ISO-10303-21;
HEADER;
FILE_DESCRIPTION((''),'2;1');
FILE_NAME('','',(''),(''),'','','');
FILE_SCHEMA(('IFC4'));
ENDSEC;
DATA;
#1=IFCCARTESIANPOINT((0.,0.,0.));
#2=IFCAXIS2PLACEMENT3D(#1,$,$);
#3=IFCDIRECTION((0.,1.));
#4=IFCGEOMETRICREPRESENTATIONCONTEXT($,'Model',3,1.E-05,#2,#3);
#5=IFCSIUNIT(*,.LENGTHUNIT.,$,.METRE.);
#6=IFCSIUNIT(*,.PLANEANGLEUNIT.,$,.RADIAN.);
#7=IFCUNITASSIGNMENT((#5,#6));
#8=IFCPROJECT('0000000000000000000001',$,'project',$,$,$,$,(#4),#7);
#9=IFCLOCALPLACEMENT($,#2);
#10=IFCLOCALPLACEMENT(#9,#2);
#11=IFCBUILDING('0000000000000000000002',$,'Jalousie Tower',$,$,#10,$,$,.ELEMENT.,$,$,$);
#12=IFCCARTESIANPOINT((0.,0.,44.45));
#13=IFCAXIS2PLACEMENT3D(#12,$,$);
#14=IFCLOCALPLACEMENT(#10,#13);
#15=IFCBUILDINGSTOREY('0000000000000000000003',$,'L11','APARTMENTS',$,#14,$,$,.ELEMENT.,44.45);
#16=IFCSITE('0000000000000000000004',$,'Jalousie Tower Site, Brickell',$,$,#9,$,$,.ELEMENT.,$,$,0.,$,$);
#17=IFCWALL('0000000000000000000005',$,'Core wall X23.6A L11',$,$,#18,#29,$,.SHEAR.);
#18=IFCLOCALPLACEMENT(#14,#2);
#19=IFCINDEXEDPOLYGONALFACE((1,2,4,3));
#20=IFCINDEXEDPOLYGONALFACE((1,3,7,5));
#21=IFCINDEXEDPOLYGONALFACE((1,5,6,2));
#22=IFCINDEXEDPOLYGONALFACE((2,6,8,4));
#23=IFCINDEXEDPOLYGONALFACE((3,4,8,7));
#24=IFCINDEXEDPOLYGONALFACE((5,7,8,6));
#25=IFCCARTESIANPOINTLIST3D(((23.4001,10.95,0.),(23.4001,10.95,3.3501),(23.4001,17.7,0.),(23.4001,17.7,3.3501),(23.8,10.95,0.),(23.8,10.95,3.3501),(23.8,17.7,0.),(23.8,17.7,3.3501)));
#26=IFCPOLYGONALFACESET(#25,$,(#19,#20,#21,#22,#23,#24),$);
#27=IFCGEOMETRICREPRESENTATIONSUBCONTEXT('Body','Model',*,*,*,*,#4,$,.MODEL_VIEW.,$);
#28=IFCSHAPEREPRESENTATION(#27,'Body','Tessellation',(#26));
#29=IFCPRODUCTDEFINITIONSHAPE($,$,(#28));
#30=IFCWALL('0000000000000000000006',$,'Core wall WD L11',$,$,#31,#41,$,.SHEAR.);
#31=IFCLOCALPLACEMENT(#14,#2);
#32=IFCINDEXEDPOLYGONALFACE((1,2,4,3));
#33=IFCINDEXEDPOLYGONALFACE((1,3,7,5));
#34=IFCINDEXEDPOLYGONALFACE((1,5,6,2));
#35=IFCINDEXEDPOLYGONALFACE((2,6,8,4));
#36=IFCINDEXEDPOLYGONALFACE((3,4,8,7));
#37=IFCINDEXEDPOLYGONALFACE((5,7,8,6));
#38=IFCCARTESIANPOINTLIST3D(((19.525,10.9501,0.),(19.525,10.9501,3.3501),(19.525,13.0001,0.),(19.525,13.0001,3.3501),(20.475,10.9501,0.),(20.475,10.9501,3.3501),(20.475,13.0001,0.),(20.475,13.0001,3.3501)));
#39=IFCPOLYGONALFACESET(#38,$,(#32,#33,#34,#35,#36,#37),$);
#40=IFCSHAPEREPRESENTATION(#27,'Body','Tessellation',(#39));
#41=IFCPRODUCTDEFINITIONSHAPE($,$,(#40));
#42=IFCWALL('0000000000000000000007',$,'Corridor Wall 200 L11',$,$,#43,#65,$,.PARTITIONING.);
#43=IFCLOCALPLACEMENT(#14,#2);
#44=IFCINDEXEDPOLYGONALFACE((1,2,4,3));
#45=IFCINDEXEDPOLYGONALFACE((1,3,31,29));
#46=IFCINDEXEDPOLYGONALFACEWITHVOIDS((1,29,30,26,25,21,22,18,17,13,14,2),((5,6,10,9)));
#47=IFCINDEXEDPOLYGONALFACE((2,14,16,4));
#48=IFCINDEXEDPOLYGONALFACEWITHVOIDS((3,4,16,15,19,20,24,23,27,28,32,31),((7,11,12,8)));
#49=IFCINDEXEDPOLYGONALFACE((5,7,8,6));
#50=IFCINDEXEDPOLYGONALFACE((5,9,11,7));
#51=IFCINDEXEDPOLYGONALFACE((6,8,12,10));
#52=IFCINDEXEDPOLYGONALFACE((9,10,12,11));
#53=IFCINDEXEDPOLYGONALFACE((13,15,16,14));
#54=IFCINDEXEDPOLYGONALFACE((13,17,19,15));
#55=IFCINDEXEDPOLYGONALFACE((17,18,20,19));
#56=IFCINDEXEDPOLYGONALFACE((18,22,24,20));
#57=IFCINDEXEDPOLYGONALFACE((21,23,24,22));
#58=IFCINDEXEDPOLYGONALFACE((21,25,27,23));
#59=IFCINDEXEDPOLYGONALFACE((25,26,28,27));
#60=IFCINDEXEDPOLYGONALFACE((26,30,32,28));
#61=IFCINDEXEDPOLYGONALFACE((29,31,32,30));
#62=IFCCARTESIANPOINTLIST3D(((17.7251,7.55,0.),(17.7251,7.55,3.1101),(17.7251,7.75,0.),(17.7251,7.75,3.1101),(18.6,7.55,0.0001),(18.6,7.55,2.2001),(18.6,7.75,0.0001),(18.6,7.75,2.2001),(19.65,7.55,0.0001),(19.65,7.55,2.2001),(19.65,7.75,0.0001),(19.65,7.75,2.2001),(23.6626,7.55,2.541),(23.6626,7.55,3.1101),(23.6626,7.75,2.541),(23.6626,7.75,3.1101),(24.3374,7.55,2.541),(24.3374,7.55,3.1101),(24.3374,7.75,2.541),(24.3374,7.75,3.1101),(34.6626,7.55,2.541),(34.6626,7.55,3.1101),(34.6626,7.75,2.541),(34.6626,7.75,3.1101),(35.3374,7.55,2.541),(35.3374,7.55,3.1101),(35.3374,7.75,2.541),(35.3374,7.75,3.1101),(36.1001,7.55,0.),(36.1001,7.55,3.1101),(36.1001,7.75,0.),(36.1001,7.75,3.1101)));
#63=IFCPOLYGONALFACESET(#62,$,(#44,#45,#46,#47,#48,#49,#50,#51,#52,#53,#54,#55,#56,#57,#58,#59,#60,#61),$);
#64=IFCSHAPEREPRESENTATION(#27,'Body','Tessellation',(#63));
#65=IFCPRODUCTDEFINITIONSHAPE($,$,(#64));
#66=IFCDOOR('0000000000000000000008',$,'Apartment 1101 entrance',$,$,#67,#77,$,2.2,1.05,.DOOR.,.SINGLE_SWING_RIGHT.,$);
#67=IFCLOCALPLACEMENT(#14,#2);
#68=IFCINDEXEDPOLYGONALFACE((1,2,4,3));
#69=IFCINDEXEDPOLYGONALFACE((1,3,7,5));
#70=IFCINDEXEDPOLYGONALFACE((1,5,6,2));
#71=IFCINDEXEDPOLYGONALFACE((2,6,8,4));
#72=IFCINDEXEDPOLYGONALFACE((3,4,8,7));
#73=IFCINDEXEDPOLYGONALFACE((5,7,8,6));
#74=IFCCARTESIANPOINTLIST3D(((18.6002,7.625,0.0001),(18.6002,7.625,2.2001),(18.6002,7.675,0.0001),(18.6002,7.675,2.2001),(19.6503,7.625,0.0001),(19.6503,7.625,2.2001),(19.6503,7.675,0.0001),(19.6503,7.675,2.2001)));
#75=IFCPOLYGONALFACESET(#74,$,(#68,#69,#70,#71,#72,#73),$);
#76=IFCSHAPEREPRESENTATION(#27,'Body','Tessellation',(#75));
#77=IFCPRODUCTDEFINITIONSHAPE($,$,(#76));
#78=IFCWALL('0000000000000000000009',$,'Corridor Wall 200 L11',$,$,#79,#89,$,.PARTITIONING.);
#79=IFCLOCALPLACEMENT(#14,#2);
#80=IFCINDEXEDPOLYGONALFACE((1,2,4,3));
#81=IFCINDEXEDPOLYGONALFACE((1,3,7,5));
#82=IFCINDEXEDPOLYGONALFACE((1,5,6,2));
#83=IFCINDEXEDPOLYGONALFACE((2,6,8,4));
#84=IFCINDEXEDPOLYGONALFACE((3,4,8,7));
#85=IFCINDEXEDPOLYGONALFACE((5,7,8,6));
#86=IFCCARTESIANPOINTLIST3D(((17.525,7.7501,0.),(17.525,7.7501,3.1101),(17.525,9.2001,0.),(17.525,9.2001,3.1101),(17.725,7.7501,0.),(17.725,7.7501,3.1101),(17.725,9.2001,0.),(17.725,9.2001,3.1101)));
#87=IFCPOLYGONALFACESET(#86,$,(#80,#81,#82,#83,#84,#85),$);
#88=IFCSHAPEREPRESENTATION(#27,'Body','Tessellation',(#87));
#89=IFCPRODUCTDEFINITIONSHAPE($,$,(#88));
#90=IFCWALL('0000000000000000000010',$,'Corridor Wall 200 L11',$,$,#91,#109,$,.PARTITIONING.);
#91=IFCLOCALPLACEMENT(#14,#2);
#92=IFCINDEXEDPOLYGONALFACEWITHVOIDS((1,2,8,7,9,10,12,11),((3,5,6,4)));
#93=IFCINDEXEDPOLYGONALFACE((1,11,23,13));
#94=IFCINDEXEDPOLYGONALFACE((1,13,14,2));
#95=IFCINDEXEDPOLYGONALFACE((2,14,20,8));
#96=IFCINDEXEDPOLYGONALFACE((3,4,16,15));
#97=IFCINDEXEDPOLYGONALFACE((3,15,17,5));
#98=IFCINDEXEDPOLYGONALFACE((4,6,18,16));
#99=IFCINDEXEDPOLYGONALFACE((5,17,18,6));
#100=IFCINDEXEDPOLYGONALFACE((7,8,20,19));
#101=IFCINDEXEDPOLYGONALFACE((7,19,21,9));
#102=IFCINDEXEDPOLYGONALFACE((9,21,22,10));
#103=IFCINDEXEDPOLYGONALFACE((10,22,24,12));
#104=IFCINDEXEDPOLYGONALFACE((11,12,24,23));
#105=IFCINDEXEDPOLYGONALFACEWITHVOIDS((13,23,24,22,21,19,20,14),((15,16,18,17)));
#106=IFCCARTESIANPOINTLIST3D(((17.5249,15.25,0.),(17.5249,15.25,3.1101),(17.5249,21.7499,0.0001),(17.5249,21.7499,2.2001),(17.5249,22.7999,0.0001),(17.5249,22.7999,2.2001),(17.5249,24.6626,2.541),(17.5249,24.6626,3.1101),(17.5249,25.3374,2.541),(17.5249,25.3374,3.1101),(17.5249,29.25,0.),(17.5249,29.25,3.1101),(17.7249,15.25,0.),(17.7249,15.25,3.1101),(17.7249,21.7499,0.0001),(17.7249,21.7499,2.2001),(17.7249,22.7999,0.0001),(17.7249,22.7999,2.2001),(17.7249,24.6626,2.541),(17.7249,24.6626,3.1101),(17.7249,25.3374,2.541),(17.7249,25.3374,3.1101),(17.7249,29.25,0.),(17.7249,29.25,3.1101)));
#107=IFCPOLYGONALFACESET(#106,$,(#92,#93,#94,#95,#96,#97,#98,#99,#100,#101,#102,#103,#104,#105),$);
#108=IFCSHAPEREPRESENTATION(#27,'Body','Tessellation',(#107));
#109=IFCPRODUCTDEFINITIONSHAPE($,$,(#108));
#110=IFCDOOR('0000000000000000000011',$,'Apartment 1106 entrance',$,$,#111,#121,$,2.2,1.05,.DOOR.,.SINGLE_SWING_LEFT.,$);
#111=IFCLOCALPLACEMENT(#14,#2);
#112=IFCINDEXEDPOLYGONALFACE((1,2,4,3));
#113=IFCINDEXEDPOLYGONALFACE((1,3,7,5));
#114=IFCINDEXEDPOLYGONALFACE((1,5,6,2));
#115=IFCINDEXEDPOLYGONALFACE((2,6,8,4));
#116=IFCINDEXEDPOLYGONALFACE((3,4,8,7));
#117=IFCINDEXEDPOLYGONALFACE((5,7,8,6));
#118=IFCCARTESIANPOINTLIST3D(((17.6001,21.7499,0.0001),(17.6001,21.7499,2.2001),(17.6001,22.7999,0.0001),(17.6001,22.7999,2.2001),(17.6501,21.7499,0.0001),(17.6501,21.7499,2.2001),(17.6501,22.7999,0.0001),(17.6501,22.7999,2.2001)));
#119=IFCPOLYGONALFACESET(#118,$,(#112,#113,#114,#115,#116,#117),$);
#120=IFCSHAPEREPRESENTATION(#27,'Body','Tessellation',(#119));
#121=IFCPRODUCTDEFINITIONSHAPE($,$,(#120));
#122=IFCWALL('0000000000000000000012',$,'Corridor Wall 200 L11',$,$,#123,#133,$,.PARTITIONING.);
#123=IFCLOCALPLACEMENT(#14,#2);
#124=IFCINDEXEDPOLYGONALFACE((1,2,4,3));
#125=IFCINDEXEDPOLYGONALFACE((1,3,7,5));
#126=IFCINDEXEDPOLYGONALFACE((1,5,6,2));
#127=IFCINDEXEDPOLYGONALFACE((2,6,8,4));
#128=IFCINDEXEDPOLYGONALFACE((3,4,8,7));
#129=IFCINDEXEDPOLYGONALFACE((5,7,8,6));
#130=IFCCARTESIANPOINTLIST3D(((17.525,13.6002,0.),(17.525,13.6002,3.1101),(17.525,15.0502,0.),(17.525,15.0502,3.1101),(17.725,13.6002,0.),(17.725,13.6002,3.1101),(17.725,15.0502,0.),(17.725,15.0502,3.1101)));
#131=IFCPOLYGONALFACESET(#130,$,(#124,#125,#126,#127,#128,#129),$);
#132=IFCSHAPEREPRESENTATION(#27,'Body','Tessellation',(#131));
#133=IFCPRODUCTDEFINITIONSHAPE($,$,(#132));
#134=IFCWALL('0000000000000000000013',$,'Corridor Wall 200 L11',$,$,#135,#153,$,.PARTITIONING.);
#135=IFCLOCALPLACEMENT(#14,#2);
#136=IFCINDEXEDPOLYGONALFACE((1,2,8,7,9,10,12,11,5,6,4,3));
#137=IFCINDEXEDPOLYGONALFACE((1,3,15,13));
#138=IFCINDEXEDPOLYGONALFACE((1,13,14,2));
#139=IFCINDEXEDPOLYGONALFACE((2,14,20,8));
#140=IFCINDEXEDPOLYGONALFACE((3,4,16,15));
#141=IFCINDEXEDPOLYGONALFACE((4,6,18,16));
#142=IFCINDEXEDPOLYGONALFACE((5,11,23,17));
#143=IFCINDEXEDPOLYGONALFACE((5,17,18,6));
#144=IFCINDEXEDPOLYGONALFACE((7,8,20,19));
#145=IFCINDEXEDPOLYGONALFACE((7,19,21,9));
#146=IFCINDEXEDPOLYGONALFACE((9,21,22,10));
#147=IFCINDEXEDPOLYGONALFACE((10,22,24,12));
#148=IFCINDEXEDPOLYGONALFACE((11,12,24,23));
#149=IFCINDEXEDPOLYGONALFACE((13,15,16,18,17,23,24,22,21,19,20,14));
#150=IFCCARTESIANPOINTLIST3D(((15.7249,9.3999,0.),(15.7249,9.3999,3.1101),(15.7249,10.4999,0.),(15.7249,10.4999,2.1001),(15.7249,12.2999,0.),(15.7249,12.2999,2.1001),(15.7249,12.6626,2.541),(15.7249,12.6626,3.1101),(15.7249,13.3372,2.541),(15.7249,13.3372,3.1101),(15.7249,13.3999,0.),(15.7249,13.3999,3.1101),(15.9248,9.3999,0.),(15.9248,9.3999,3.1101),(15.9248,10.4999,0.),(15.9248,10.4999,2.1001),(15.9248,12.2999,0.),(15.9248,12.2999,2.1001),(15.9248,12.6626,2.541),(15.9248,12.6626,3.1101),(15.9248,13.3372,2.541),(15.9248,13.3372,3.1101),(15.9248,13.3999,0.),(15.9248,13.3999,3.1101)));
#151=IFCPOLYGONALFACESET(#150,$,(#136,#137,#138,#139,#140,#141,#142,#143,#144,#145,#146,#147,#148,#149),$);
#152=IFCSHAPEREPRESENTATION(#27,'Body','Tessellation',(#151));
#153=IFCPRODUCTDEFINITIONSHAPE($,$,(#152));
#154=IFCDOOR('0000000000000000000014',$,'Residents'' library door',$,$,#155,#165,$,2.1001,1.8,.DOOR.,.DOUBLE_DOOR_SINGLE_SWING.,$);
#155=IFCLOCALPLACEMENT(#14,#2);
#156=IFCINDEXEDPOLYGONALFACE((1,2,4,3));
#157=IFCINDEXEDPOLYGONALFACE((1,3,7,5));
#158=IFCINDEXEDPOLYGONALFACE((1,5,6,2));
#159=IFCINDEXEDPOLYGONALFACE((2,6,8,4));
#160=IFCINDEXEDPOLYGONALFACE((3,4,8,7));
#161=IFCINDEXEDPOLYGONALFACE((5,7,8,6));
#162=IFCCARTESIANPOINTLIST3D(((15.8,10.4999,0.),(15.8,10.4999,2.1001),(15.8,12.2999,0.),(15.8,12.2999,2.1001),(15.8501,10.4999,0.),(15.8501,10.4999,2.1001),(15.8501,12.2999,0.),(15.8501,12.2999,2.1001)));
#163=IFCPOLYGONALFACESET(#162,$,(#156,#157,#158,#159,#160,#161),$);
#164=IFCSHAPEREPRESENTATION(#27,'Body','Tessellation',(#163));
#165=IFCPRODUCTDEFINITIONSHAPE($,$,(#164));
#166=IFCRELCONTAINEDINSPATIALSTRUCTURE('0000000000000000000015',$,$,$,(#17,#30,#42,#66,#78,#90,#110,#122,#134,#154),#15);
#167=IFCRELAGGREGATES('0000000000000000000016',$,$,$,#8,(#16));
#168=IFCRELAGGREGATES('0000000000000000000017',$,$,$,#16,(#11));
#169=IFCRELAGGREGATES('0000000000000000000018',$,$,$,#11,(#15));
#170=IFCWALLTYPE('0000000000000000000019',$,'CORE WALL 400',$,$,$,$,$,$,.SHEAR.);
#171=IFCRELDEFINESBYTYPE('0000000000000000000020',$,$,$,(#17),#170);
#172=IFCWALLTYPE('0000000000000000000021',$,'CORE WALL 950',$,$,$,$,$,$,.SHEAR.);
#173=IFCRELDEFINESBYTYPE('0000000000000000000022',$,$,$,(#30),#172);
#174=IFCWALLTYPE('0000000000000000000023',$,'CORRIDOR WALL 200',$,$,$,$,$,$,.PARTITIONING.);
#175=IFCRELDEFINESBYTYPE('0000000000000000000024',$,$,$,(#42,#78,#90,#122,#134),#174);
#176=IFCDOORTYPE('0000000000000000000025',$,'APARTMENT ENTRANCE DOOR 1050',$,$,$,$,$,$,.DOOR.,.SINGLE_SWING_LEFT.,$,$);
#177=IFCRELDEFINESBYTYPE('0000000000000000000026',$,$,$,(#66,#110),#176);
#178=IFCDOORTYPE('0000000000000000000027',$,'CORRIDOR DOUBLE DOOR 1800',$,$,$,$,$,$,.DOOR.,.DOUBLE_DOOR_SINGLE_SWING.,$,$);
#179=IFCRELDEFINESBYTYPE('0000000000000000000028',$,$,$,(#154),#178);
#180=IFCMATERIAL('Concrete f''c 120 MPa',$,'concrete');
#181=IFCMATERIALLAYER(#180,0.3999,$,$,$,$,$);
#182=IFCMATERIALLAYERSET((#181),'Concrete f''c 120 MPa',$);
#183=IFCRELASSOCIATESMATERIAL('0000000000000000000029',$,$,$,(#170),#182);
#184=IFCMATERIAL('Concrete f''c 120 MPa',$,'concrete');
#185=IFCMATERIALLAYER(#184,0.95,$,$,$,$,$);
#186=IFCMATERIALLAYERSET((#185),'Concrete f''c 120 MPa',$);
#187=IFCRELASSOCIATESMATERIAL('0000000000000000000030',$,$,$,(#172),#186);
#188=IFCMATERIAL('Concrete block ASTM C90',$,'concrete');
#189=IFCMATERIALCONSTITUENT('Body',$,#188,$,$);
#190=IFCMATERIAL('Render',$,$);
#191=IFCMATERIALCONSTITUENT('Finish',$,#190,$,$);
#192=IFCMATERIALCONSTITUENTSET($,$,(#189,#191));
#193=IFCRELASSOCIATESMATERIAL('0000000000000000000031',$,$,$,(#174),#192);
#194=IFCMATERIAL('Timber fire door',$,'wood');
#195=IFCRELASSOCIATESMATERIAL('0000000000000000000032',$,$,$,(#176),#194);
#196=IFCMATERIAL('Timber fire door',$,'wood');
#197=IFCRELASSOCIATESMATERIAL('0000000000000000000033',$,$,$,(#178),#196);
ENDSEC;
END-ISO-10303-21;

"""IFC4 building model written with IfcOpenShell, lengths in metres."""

from ifc_helpers import new_model, si_unit, direction, frame, frame_2d, origin, place, context, subcontext, project, spatial, polyline, rectangle, outline, extrude, material, layer, layer_set, constituent, constituent_set, type_object, element, fill, save


model = new_model("IFC4")

# Units and contexts
model_context = context("Model", 3, precision=1e-05, world=origin(), true_north=direction((0.0, 1.0)))
body_context = subcontext(model_context, "Body", "Model", "MODEL_VIEW")
ifc_project = project(units=[si_unit("LENGTHUNIT", "METRE"), si_unit("PLANEANGLEUNIT", "RADIAN")], contexts=[model_context])

# Site, building, storey
site_placement = place(None, origin())
site = spatial("IfcSite", under=ifc_project, at=site_placement, Name="Jalousie Tower Site, Brickell", CompositionType="ELEMENT", RefElevation=0.0)
building_placement = place(site_placement, origin())
building = spatial("IfcBuilding", under=site, at=building_placement, Name="Jalousie Tower", CompositionType="ELEMENT")
storey_placement = place(building_placement, frame((0.0, 0.0, 44.45)))
storey = spatial("IfcBuildingStorey", under=building, at=storey_placement, Name="L11", Description="APARTMENTS", CompositionType="ELEMENT", Elevation=44.45)

# Walls
ifc_material_1 = material(Name="Concrete f'c 120 MPa", Category="concrete")
ifc_layer_1 = layer(ifc_material_1, 0.3999)
ifc_layer_set_1 = layer_set([ifc_layer_1], Name="Concrete f'c 120 MPa")
wall_type_1 = type_object("IfcWallType", Name="CORE WALL 400", PredefinedType="SHEAR", material=ifc_layer_set_1)
wall_1_placement = place(storey_placement, frame((23.6001, 10.95, 0.0), z_axis=(0.0, 0.0, 1.0), x_axis=(0.0, 1.0, 0.0)))
element("IfcWall", 1, at=wall_1_placement, inside=storey, type_object=wall_type_1, Name="Core wall X23.6A L11", PredefinedType="SHEAR", context=body_context, shape_type="SweptSolid", body=[
    extrude(rectangle(XDim=6.75, YDim=0.3999, at=frame_2d((3.375, 0.0))), origin(), (0.0, 0.0, 1.0), 3.3501),
])
ifc_material_2 = material(Name="Concrete f'c 120 MPa", Category="concrete")
ifc_layer_2 = layer(ifc_material_2, 0.95)
ifc_layer_set_2 = layer_set([ifc_layer_2], Name="Concrete f'c 120 MPa")
wall_type_2 = type_object("IfcWallType", Name="CORE WALL 950", PredefinedType="SHEAR", material=ifc_layer_set_2)
wall_2_placement = place(storey_placement, frame((20.0, 13.0, 0.0), z_axis=(0.0, 0.0, 1.0), x_axis=(0.0, -1.0, 0.0)))
element("IfcWall", 2, at=wall_2_placement, inside=storey, type_object=wall_type_2, Name="Core wall WD L11", PredefinedType="SHEAR", context=body_context, shape_type="SweptSolid", body=[
    extrude(rectangle(XDim=2.05, YDim=0.95, at=frame_2d((1.0249, 0.0))), origin(), (0.0, 0.0, 1.0), 3.3501),
])

# Wall, opening, door
ifc_material_3 = material(Name="Concrete block ASTM C90", Category="concrete")
ifc_constituent_1 = constituent(ifc_material_3, Name="Body")
ifc_material_4 = material(Name="Render")
ifc_constituent_2 = constituent(ifc_material_4, Name="Finish")
ifc_constituent_set_1 = constituent_set(constituents=[ifc_constituent_1, ifc_constituent_2])
wall_type_3 = type_object("IfcWallType", Name="CORRIDOR WALL 200", PredefinedType="PARTITIONING", material=ifc_constituent_set_1)
wall_3_placement = place(storey_placement, frame((17.7251, 7.6499, 0.0), z_axis=(0.0, 0.0, 1.0), x_axis=(1.0, 0.0, 0.0)))
wall_3 = element("IfcWall", 3, at=wall_3_placement, inside=storey, type_object=wall_type_3, Name="Corridor Wall 200 L11", PredefinedType="PARTITIONING", context=body_context, shape_type="SweptSolid", body=[
    extrude(outline(polyline([(0.0, 0.0), (18.375, 0.0), (18.375, 3.1101), (17.6123, 3.1101), (17.6123, 2.541), (16.9375, 2.541), (16.9375, 3.1101), (6.6123, 3.1101), (6.6123, 2.541), (5.9375, 2.541), (5.9375, 3.1101), (0.0, 3.1101), (0.0, 0.0)])), frame((0.0, 0.1001, 0.0), z_axis=(0.0, -1.0, 0.0), x_axis=(1.0, 0.0, 0.0)), (0.0, 0.0, 1.0), 0.2),
])
opening_1_placement = place(wall_3_placement, frame((0.875, 0.0, 0.0)))
opening_1 = element("IfcOpeningElement", 4, at=opening_1_placement, cuts=wall_3, PredefinedType="OPENING", context=body_context, shape_type="SweptSolid", body=[
    extrude(rectangle(XDim=1.05, YDim=2.2, at=frame_2d((0.5249, 1.1001))), frame((0.0, 0.1099, 0.0), z_axis=(0.0, -1.0, 0.0), x_axis=(1.0, 0.0, 0.0)), (0.0, 0.0, 1.0), 0.22),
])
ifc_material_5 = material(Name="Timber fire door", Category="wood")
door_type_1 = type_object("IfcDoorType", Name="APARTMENT ENTRANCE DOOR 1050", OperationType="SINGLE_SWING_LEFT", PredefinedType="DOOR", material=ifc_material_5)
door_1_placement = place(opening_1_placement, frame((1.05, 0.0, 0.0), z_axis=(0.0, 0.0, 1.0), x_axis=(-1.0, 0.0, 0.0)))
door_1 = element("IfcDoor", 5, at=door_1_placement, inside=storey, type_object=door_type_1, Name="Apartment 1101 entrance", OperationType="SINGLE_SWING_RIGHT", OverallHeight=2.2, OverallWidth=1.05, PredefinedType="DOOR", context=body_context, shape_type="SweptSolid", body=[
    extrude(rectangle(XDim=1.05, YDim=2.2, at=frame_2d((0.5249, 1.1001))), frame((0.0, 0.0249, 0.0), z_axis=(0.0, -1.0, 0.0), x_axis=(1.0, 0.0, 0.0)), (0.0, 0.0, 1.0), 0.05),
])
fill(opening_1, door_1)

# Wall
wall_4_placement = place(storey_placement, frame((17.625, 7.75, 0.0), z_axis=(0.0, 0.0, 1.0), x_axis=(0.0, 1.0, 0.0)))
element("IfcWall", 6, at=wall_4_placement, inside=storey, type_object=wall_type_3, Name="Corridor Wall 200 L11", PredefinedType="PARTITIONING", context=body_context, shape_type="SweptSolid", body=[
    extrude(rectangle(XDim=1.45, YDim=0.2, at=frame_2d((0.7251, 0.0))), origin(), (0.0, 0.0, 1.0), 3.1101),
])

# Wall, opening, door
wall_5_placement = place(storey_placement, frame((17.625, 15.25, 0.0), z_axis=(0.0, 0.0, 1.0), x_axis=(0.0, 1.0, 0.0)))
wall_5 = element("IfcWall", 7, at=wall_5_placement, inside=storey, type_object=wall_type_3, Name="Corridor Wall 200 L11", PredefinedType="PARTITIONING", context=body_context, shape_type="SweptSolid", body=[
    extrude(outline(polyline([(0.0, 0.0), (14.0, 0.0), (14.0, 3.1101), (10.0874, 3.1101), (10.0874, 2.541), (9.4126, 2.541), (9.4126, 3.1101), (0.0, 3.1101), (0.0, 0.0)])), frame((0.0, 0.1001, 0.0), z_axis=(0.0, -1.0, 0.0), x_axis=(1.0, 0.0, 0.0)), (0.0, 0.0, 1.0), 0.2),
])
opening_2_placement = place(wall_5_placement, frame((6.5, 0.0, 0.0)))
opening_2 = element("IfcOpeningElement", 8, at=opening_2_placement, cuts=wall_5, PredefinedType="OPENING", context=body_context, shape_type="SweptSolid", body=[
    extrude(rectangle(XDim=1.05, YDim=2.2, at=frame_2d((0.5249, 1.1001))), frame((0.0, 0.1099, 0.0), z_axis=(0.0, -1.0, 0.0), x_axis=(1.0, 0.0, 0.0)), (0.0, 0.0, 1.0), 0.22),
])
door_2_placement = place(opening_2_placement, origin())
door_2 = element("IfcDoor", 9, at=door_2_placement, inside=storey, type_object=door_type_1, Name="Apartment 1106 entrance", OperationType="SINGLE_SWING_LEFT", OverallHeight=2.2, OverallWidth=1.05, PredefinedType="DOOR", context=body_context, shape_type="SweptSolid", body=[
    extrude(rectangle(XDim=1.05, YDim=2.2, at=frame_2d((0.5249, 1.1001))), frame((0.0, 0.0249, 0.0), z_axis=(0.0, -1.0, 0.0), x_axis=(1.0, 0.0, 0.0)), (0.0, 0.0, 1.0), 0.05),
])
fill(opening_2, door_2)

# Wall
wall_6_placement = place(storey_placement, frame((17.625, 13.6001, 0.0), z_axis=(0.0, 0.0, 1.0), x_axis=(0.0, 1.0, 0.0)))
element("IfcWall", 10, at=wall_6_placement, inside=storey, type_object=wall_type_3, Name="Corridor Wall 200 L11", PredefinedType="PARTITIONING", context=body_context, shape_type="SweptSolid", body=[
    extrude(rectangle(XDim=1.45, YDim=0.2, at=frame_2d((0.7251, 0.0))), origin(), (0.0, 0.0, 1.0), 3.1101),
])

# Wall, opening, door
wall_7_placement = place(storey_placement, frame((15.825, 9.3999, 0.0), z_axis=(0.0, 0.0, 1.0), x_axis=(0.0, 1.0, 0.0)))
wall_7 = element("IfcWall", 11, at=wall_7_placement, inside=storey, type_object=wall_type_3, Name="Corridor Wall 200 L11", PredefinedType="PARTITIONING", context=body_context, shape_type="SweptSolid", body=[
    extrude(outline(polyline([(0.0, 0.0), (4.0, 0.0), (4.0, 3.1101), (3.9373, 3.1101), (3.9373, 2.541), (3.2627, 2.541), (3.2627, 3.1101), (0.0, 3.1101), (0.0, 0.0)])), frame((0.0, 0.1001, 0.0), z_axis=(0.0, -1.0, 0.0), x_axis=(1.0, 0.0, 0.0)), (0.0, 0.0, 1.0), 0.2),
])
opening_3_placement = place(wall_7_placement, frame((1.1001, 0.0, 0.0)))
opening_3 = element("IfcOpeningElement", 12, at=opening_3_placement, cuts=wall_7, PredefinedType="OPENING", context=body_context, shape_type="SweptSolid", body=[
    extrude(rectangle(XDim=1.8, YDim=2.1001, at=frame_2d((0.8999, 1.05))), frame((0.0, 0.1099, 0.0), z_axis=(0.0, -1.0, 0.0), x_axis=(1.0, 0.0, 0.0)), (0.0, 0.0, 1.0), 0.22),
])
ifc_material_6 = material(Name="Timber fire door", Category="wood")
door_type_2 = type_object("IfcDoorType", Name="CORRIDOR DOUBLE DOOR 1800", OperationType="DOUBLE_DOOR_SINGLE_SWING", PredefinedType="DOOR", material=ifc_material_6)
door_3_placement = place(opening_3_placement, origin())
door_3 = element("IfcDoor", 13, at=door_3_placement, inside=storey, type_object=door_type_2, Name="Residents' library door", OperationType="DOUBLE_DOOR_SINGLE_SWING", OverallHeight=2.1001, OverallWidth=1.8, PredefinedType="DOOR", context=body_context, shape_type="SweptSolid", body=[
    extrude(rectangle(XDim=1.8, YDim=2.1001, at=frame_2d((0.8999, 1.05))), frame((0.0, 0.0249, 0.0), z_axis=(0.0, -1.0, 0.0), x_axis=(1.0, 0.0, 0.0)), (0.0, 0.0, 1.0), 0.05),
])
fill(opening_3, door_3)

save(model, "model.ifc")
